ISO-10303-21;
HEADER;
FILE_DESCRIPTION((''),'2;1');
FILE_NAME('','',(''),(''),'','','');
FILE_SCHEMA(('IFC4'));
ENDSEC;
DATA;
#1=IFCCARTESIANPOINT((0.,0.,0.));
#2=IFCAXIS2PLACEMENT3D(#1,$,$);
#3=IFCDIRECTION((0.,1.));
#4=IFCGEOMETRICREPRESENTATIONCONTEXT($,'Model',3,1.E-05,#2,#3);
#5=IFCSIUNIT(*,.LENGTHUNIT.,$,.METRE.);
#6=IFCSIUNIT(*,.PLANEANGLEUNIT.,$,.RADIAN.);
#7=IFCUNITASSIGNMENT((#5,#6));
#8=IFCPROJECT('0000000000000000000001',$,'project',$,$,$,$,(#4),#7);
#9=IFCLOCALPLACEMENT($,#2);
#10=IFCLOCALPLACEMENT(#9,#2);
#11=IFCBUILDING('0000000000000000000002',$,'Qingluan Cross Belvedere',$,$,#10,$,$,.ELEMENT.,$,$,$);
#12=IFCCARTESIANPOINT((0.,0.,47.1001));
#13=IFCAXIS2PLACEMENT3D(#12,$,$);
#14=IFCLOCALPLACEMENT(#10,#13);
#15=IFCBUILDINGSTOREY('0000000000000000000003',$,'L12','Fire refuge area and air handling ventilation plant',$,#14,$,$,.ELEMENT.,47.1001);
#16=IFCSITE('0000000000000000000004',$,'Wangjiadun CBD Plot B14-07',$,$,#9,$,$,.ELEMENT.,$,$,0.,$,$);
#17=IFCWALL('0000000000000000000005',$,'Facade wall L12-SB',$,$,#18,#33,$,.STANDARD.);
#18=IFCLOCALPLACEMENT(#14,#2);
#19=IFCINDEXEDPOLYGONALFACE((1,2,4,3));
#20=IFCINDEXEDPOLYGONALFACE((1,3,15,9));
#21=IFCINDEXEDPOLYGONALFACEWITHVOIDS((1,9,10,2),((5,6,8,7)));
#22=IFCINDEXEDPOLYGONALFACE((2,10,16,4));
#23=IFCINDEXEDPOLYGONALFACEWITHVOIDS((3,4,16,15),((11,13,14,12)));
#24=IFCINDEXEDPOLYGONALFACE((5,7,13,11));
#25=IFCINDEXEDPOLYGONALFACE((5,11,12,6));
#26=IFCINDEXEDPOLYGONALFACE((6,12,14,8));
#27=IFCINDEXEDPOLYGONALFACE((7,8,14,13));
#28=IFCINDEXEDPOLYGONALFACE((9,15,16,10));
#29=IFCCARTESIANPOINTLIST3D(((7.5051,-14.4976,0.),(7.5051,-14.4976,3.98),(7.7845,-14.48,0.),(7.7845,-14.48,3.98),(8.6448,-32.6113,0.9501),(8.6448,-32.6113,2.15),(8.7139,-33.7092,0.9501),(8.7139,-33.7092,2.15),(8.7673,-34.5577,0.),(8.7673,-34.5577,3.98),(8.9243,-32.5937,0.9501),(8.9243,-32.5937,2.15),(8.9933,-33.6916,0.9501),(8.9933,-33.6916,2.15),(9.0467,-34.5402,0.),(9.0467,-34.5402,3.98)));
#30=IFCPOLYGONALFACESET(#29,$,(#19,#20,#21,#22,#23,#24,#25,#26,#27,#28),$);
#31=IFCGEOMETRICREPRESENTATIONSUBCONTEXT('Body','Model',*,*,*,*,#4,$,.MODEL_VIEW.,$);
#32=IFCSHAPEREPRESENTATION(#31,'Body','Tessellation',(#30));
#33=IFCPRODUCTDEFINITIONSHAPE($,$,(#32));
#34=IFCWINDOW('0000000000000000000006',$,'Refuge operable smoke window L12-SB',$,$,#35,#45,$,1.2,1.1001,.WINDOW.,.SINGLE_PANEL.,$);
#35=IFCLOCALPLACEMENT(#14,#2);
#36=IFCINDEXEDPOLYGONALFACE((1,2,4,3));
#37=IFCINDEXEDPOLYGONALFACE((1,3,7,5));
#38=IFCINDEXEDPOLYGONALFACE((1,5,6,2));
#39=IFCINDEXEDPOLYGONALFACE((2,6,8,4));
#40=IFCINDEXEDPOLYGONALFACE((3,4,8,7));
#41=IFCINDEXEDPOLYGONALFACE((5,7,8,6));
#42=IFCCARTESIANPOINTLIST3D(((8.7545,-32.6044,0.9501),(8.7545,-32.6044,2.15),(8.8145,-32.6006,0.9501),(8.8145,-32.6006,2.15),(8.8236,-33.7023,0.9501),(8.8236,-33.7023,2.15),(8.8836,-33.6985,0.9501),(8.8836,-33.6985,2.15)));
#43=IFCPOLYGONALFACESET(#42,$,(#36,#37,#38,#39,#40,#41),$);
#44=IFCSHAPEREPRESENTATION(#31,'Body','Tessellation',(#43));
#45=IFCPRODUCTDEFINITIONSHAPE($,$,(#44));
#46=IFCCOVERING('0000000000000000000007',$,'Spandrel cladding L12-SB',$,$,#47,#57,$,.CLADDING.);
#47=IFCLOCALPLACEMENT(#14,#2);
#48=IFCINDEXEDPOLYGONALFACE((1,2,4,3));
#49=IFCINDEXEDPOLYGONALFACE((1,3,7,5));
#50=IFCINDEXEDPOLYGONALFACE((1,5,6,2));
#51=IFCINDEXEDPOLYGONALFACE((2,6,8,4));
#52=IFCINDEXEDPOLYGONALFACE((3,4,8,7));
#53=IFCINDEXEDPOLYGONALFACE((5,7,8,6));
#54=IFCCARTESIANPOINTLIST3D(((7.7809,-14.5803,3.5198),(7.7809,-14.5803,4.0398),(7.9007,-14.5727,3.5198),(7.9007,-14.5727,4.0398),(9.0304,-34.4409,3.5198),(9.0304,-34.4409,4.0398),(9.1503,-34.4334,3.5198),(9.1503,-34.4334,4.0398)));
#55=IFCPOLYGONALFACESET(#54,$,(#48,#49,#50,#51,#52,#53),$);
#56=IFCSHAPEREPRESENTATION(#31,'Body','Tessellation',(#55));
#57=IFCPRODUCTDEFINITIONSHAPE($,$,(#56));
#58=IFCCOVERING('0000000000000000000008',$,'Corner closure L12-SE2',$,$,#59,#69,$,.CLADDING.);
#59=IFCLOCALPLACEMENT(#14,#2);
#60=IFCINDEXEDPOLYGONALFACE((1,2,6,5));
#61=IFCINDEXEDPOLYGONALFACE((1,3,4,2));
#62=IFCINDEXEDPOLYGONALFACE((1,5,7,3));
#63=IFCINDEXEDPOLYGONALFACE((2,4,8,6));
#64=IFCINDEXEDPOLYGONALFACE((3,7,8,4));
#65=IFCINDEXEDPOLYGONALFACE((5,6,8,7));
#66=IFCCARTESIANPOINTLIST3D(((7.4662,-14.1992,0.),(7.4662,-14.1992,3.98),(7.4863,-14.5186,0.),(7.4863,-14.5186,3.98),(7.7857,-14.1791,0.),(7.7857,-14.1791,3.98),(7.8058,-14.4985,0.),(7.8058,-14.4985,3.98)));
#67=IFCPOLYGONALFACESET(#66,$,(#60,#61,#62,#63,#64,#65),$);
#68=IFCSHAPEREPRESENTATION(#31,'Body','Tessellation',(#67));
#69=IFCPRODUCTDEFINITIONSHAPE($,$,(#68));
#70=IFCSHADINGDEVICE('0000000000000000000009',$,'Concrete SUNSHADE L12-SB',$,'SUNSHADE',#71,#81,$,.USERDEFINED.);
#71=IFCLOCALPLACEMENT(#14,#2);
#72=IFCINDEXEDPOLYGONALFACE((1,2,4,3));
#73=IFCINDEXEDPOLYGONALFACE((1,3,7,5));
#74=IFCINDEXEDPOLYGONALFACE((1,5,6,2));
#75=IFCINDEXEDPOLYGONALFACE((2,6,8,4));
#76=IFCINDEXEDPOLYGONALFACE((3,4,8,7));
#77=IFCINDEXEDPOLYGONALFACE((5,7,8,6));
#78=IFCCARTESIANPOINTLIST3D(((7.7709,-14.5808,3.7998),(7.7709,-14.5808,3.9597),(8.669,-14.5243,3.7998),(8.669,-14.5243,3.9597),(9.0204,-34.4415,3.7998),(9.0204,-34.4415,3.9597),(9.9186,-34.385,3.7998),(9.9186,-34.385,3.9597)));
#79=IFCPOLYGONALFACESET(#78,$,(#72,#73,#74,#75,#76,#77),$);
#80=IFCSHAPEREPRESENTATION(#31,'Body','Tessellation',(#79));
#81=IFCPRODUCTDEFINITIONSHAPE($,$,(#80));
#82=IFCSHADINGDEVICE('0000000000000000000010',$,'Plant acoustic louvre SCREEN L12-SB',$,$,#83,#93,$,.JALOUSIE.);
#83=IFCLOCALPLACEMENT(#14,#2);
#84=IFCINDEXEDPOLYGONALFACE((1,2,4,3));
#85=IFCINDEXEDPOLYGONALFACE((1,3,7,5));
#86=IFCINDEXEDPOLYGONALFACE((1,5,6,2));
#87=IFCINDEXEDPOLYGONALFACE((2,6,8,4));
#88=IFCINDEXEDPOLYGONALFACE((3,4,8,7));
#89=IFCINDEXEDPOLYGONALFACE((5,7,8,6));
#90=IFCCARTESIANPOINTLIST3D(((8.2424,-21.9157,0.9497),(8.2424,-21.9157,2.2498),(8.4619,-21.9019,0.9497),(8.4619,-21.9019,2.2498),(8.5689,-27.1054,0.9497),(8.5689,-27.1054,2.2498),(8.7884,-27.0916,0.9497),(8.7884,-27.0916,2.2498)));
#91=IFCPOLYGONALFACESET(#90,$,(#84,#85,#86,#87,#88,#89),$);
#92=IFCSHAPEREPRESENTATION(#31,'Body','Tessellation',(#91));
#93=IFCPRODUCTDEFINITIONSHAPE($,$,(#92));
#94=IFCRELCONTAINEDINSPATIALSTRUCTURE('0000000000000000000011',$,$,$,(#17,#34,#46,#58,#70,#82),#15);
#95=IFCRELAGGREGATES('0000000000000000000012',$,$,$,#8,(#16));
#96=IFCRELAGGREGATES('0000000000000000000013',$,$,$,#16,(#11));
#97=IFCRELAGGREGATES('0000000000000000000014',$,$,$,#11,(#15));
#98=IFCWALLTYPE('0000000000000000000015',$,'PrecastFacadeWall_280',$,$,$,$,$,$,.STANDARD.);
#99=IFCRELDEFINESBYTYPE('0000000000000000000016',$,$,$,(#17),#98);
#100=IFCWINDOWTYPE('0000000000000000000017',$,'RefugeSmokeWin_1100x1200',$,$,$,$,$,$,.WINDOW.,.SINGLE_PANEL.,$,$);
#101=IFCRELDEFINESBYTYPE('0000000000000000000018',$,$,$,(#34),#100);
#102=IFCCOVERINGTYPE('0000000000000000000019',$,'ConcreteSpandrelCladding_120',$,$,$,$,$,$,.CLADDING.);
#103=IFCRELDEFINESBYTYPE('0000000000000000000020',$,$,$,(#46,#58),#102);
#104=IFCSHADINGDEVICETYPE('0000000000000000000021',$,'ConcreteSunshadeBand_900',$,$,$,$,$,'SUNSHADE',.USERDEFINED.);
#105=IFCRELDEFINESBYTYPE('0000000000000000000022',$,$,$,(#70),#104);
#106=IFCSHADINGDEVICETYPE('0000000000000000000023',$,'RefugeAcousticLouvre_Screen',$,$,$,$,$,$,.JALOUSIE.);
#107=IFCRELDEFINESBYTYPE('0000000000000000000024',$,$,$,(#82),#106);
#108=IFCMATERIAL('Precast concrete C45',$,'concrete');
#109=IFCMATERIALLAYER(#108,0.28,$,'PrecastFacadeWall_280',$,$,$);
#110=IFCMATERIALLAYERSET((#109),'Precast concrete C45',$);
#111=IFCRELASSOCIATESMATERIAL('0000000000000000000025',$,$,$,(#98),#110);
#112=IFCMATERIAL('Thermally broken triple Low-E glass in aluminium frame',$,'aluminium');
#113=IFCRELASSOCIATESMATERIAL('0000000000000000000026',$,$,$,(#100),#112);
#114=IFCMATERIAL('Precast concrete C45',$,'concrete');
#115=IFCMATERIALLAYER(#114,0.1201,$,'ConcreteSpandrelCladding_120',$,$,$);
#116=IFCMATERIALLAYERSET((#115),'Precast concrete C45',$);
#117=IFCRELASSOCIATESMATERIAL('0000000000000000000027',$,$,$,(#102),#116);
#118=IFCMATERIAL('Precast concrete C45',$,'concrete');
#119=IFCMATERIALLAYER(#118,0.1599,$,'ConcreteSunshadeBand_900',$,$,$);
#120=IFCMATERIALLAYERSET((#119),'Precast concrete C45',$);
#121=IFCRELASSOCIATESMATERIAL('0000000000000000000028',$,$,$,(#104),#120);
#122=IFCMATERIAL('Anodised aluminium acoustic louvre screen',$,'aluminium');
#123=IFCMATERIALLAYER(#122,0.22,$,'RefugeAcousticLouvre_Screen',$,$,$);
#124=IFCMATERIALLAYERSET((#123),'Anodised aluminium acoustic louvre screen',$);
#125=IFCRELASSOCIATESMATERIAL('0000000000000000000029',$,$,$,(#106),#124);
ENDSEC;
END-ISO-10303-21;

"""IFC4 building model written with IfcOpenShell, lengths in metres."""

from ifc_helpers import new_model, si_unit, direction, frame, frame_2d, origin, origin_2d, place, context, subcontext, project, spatial, rectangle, extrude, material, layer, layer_set, type_object, element, fill, save


model = new_model("IFC4")

# Units and contexts
model_context = context("Model", 3, precision=1e-05, world=origin(), true_north=direction((0.0, 1.0)))
body_context = subcontext(model_context, "Body", "Model", "MODEL_VIEW")
ifc_project = project(units=[si_unit("LENGTHUNIT", "METRE"), si_unit("PLANEANGLEUNIT", "RADIAN")], contexts=[model_context])

# Site, building, storey
site_placement = place(None, origin())
site = spatial("IfcSite", under=ifc_project, at=site_placement, Name="Wangjiadun CBD Plot B14-07", CompositionType="ELEMENT", RefElevation=0.0)
building_placement = place(site_placement, origin())
building = spatial("IfcBuilding", under=site, at=building_placement, Name="Qingluan Cross Belvedere", CompositionType="ELEMENT")
storey_placement = place(building_placement, frame((0.0, 0.0, 47.1001)))
storey = spatial("IfcBuildingStorey", under=building, at=storey_placement, Name="L12", Description="Fire refuge area and air handling ventilation plant", CompositionType="ELEMENT", Elevation=47.1001)

# Wall, opening, window
ifc_material_1 = material(Name="Precast concrete C45", Category="concrete")
ifc_layer_1 = layer(ifc_material_1, 0.28, Name="PrecastFacadeWall_280")
ifc_layer_set_1 = layer_set([ifc_layer_1], Name="Precast concrete C45")
wall_type_1 = type_object("IfcWallType", Name="PrecastFacadeWall_280", PredefinedType="STANDARD", material=ifc_layer_set_1)
wall_1_placement = place(storey_placement, frame((8.907, -34.5488, 0.0), z_axis=(0.0, 0.0, 1.0), x_axis=(-0.062796, 0.998026, 0.0)))
wall_1 = element("IfcWall", 1, at=wall_1_placement, inside=storey, type_object=wall_type_1, Name="Facade wall L12-SB", PredefinedType="STANDARD", context=body_context, shape_type="SweptSolid", body=[
    extrude(rectangle(XDim=20.0999, YDim=0.28, at=frame_2d((10.0498, 0.0))), origin(), (0.0, 0.0, 1.0), 3.98),
])
opening_placement = place(wall_1_placement, frame((0.8501, 0.0, 0.95)))
opening = element("IfcOpeningElement", 2, at=opening_placement, cuts=wall_1, PredefinedType="OPENING", context=body_context, shape_type="SweptSolid", body=[
    extrude(rectangle(XDim=1.1001, YDim=1.2, at=frame_2d((0.55, 0.6001))), frame((0.0, 0.1499, 0.0), z_axis=(0.0, -1.0, 0.0), x_axis=(1.0, 0.0, 0.0)), (0.0, 0.0, 1.0), 0.3),
])
ifc_material_2 = material(Name="Thermally broken triple Low-E glass in aluminium frame", Category="aluminium")
window_type = type_object("IfcWindowType", Name="RefugeSmokeWin_1100x1200", PartitioningType="SINGLE_PANEL", PredefinedType="WINDOW", material=ifc_material_2)
window_placement = place(opening_placement, origin())
window = element("IfcWindow", 3, at=window_placement, inside=storey, type_object=window_type, Name="Refuge operable smoke window L12-SB", OverallHeight=1.2, OverallWidth=1.1001, PartitioningType="SINGLE_PANEL", PredefinedType="WINDOW", context=body_context, shape_type="SweptSolid", body=[
    extrude(rectangle(XDim=1.1001, YDim=1.2, at=frame_2d((0.55, 0.6001))), frame((0.0, 0.03, 0.0), z_axis=(0.0, -1.0, 0.0), x_axis=(1.0, 0.0, 0.0)), (0.0, 0.0, 1.0), 0.0601),
])
fill(opening, window)

# Coverings
ifc_material_3 = material(Name="Precast concrete C45", Category="concrete")
ifc_layer_2 = layer(ifc_material_3, 0.1201, Name="ConcreteSpandrelCladding_120")
ifc_layer_set_2 = layer_set([ifc_layer_2], Name="Precast concrete C45")
covering_type = type_object("IfcCoveringType", Name="ConcreteSpandrelCladding_120", PredefinedType="CLADDING", material=ifc_layer_set_2)
covering_1_placement = place(storey_placement, frame((8.4656, -24.5068, 3.5198), z_axis=(0.0, 0.0, 1.0), x_axis=(-0.062791, 0.998027, 0.0)))
element("IfcCovering", 4, at=covering_1_placement, inside=storey, type_object=covering_type, Name="Spandrel cladding L12-SB", PredefinedType="CLADDING", context=body_context, shape_type="SweptSolid", body=[
    extrude(rectangle(XDim=19.8999, YDim=0.1201, at=origin_2d()), origin(), (0.0, 0.0, 1.0), 0.52),
])
covering_2_placement = place(storey_placement, frame((7.636, -14.3489, 0.0), z_axis=(0.0, 0.0, 1.0), x_axis=(0.998027, 0.062791, 0.0)))
element("IfcCovering", 5, at=covering_2_placement, inside=storey, type_object=covering_type, Name="Corner closure L12-SE2", PredefinedType="CLADDING", context=body_context, shape_type="SweptSolid", body=[
    extrude(rectangle(XDim=0.3201, YDim=0.3201, at=origin_2d()), origin(), (0.0, 0.0, 1.0), 3.98),
])

# Shading devices
ifc_material_4 = material(Name="Precast concrete C45", Category="concrete")
ifc_layer_3 = layer(ifc_material_4, 0.1599, Name="ConcreteSunshadeBand_900")
ifc_layer_set_3 = layer_set([ifc_layer_3], Name="Precast concrete C45")
shading_device_type_1 = type_object("IfcShadingDeviceType", Name="ConcreteSunshadeBand_900", ElementType="SUNSHADE", PredefinedType="USERDEFINED", material=ifc_layer_set_3)
shading_device_1_placement = place(storey_placement, frame((8.8447, -24.4829, 3.7998), z_axis=(0.0, 0.0, 1.0), x_axis=(-0.062791, 0.998027, 0.0)))
element("IfcShadingDevice", 6, at=shading_device_1_placement, inside=storey, type_object=shading_device_type_1, Name="Concrete SUNSHADE L12-SB", ObjectType="SUNSHADE", PredefinedType="USERDEFINED", context=body_context, shape_type="SweptSolid", body=[
    extrude(rectangle(XDim=19.8999, YDim=0.8999, at=origin_2d()), origin(), (0.0, 0.0, 1.0), 0.1599),
])
ifc_material_5 = material(Name="Anodised aluminium acoustic louvre screen", Category="aluminium")
ifc_layer_4 = layer(ifc_material_5, 0.22, Name="RefugeAcousticLouvre_Screen")
ifc_layer_set_4 = layer_set([ifc_layer_4], Name="Anodised aluminium acoustic louvre screen")
shading_device_type_2 = type_object("IfcShadingDeviceType", Name="RefugeAcousticLouvre_Screen", PredefinedType="JALOUSIE", material=ifc_layer_set_4)
shading_device_2_placement = place(storey_placement, frame((8.5154, -24.5037, 0.9497), z_axis=(0.0, 0.0, 1.0), x_axis=(-0.062791, 0.998027, 0.0)))
element("IfcShadingDevice", 7, at=shading_device_2_placement, inside=storey, type_object=shading_device_type_2, Name="Plant acoustic louvre SCREEN L12-SB", PredefinedType="JALOUSIE", context=body_context, shape_type="SweptSolid", body=[
    extrude(rectangle(XDim=5.2, YDim=0.22, at=origin_2d()), origin(), (0.0, 0.0, 1.0), 1.3),
])

save(model, "model.ifc")
